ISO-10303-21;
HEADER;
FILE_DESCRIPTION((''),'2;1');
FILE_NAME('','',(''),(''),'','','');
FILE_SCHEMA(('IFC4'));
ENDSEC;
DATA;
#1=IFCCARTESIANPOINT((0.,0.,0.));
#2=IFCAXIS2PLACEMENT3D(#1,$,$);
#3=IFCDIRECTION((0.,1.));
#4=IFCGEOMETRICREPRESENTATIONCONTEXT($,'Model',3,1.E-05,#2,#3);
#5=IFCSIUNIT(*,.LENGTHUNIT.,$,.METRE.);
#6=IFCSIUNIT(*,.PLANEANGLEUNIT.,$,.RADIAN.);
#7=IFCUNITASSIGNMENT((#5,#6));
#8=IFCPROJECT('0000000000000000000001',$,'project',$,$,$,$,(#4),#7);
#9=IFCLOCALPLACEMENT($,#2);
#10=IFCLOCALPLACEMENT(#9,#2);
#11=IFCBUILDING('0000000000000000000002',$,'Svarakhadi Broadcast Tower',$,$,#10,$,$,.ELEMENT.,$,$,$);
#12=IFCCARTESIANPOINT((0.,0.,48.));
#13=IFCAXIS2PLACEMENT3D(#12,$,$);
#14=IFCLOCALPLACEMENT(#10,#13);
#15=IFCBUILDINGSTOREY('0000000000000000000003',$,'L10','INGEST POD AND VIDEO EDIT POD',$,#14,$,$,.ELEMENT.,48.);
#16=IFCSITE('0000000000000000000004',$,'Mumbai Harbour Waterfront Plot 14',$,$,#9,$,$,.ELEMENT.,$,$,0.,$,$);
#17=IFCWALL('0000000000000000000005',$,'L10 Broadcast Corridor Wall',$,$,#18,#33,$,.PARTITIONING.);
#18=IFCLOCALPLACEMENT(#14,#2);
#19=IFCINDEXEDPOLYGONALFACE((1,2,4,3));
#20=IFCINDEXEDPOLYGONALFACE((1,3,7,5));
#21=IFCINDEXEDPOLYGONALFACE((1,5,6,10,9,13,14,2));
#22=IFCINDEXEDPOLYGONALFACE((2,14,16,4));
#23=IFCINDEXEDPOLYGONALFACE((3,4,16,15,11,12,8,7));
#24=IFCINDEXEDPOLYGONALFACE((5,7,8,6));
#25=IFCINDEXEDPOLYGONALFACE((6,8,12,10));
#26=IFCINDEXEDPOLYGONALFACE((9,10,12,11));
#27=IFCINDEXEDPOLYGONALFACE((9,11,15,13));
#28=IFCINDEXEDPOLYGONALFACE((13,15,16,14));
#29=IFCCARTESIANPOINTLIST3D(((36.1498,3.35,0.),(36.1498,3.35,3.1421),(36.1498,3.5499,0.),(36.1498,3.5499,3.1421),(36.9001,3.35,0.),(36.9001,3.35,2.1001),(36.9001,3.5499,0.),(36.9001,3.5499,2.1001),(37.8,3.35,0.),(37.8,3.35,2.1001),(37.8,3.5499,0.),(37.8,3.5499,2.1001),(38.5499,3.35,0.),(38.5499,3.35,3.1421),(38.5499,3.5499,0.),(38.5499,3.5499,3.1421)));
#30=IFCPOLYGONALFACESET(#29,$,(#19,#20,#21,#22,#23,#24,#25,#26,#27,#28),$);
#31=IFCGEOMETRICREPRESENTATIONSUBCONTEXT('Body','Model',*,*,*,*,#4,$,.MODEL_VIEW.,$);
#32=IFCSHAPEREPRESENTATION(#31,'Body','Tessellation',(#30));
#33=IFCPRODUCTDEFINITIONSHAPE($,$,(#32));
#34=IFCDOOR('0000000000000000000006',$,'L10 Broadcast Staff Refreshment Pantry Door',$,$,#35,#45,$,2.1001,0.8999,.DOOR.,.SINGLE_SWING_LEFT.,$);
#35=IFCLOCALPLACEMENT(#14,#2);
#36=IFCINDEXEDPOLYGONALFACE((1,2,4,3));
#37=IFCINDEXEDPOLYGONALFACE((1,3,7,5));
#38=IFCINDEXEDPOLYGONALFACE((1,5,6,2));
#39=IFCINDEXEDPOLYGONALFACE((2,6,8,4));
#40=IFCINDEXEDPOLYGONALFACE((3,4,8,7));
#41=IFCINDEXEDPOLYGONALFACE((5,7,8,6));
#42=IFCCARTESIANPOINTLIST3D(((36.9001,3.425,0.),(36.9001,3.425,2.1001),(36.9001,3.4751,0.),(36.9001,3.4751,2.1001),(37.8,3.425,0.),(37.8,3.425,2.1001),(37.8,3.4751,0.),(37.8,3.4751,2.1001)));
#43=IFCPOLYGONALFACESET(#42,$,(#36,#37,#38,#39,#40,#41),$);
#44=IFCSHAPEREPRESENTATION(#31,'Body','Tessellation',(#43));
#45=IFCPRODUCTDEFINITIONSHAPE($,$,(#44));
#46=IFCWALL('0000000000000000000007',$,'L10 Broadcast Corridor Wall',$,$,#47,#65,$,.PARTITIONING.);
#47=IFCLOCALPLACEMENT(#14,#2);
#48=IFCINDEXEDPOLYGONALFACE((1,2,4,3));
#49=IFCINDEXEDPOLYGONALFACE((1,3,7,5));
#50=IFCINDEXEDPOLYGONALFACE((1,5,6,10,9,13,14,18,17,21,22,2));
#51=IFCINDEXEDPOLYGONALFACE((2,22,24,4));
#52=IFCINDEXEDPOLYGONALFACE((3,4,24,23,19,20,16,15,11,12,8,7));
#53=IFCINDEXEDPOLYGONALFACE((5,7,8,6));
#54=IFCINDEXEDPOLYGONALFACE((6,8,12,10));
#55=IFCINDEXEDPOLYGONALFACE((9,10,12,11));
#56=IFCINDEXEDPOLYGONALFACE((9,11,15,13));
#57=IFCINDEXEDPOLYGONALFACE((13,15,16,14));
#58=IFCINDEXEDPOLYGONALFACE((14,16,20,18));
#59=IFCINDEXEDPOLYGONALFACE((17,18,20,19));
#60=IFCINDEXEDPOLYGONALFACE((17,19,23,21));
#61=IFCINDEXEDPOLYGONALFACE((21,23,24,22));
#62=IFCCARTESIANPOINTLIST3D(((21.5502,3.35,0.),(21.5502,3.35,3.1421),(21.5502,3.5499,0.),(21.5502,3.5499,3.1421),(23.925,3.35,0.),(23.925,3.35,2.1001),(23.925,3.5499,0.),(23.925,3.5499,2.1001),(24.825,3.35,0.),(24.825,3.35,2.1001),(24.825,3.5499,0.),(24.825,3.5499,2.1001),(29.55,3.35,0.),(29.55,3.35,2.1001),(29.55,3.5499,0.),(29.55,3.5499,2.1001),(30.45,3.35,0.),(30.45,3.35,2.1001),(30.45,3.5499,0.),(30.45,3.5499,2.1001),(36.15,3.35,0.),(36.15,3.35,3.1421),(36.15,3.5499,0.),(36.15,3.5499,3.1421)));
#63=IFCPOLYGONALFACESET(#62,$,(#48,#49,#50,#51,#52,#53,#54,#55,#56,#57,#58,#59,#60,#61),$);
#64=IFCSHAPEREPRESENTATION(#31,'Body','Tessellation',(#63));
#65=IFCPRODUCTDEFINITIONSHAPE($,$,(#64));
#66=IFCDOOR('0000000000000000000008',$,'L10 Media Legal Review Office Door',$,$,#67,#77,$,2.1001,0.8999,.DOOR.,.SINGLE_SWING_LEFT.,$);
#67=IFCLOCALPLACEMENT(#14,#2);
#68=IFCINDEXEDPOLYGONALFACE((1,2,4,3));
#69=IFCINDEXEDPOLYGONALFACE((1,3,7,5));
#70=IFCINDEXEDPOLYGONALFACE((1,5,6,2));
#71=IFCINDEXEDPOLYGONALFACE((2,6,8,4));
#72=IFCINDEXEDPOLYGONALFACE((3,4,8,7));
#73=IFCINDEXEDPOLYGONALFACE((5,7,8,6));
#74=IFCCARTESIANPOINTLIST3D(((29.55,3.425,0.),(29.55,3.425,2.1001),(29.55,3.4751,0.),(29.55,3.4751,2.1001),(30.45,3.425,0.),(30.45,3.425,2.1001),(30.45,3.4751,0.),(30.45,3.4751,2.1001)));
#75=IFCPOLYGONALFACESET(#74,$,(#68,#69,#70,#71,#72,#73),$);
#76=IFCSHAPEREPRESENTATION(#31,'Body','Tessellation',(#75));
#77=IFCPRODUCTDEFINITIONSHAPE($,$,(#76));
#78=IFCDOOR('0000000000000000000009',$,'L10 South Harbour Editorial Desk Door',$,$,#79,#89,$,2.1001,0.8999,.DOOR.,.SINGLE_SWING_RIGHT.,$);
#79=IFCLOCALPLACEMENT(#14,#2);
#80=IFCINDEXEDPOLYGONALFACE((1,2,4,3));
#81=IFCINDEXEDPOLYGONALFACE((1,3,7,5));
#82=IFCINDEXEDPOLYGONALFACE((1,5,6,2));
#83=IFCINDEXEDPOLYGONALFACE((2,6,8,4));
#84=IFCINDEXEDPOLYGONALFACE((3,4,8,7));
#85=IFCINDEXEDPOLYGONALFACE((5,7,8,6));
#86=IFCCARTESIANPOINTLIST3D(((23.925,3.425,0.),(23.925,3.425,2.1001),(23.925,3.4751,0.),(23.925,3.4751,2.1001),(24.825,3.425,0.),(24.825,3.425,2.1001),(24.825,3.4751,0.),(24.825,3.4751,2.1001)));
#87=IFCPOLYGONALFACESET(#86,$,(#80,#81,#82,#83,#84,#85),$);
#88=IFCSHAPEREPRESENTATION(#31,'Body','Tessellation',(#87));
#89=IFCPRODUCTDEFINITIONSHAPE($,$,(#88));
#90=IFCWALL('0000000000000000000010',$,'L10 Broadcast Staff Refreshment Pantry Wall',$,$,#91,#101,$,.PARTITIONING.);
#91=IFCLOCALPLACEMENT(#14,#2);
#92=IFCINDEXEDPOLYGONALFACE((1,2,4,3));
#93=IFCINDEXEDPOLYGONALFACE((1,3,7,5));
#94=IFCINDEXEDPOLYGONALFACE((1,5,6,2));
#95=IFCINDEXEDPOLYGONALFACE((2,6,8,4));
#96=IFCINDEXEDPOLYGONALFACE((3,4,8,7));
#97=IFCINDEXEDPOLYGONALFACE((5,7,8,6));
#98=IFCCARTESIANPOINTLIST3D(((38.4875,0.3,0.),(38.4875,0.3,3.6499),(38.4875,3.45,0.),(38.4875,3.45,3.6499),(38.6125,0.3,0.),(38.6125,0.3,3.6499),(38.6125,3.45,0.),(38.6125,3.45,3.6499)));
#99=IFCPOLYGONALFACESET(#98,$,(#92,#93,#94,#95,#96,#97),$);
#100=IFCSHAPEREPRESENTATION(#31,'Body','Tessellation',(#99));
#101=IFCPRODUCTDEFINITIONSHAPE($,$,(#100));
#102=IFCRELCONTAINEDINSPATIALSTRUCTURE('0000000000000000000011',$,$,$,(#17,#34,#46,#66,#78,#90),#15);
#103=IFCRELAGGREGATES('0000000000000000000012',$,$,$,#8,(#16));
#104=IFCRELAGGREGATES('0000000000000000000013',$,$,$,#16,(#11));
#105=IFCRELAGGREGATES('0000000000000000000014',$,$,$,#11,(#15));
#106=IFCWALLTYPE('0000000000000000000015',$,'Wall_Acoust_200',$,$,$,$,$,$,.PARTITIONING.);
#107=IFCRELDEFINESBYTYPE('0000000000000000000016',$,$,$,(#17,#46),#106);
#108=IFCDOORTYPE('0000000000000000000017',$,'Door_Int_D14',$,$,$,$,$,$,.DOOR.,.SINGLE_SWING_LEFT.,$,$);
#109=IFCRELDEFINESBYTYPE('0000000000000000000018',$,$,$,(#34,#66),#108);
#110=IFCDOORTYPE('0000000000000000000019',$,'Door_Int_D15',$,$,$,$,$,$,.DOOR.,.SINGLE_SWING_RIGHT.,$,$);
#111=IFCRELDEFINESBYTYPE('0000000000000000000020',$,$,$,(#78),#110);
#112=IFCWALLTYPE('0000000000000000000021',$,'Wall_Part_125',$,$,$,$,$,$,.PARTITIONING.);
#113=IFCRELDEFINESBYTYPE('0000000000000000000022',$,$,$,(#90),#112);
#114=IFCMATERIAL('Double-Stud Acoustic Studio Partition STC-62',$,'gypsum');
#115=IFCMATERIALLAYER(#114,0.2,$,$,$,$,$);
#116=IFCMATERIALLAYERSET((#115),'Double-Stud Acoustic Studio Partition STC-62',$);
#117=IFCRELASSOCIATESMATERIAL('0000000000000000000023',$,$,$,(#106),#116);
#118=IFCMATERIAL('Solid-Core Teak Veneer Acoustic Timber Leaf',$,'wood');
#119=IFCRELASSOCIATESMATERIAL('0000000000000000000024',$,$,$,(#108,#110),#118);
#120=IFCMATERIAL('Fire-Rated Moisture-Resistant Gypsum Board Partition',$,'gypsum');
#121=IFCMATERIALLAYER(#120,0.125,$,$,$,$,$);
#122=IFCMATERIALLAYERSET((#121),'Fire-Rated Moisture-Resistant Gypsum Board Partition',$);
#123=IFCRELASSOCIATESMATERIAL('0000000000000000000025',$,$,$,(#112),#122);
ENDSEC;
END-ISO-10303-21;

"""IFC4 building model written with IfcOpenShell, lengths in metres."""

from ifc_helpers import new_model, si_unit, direction, frame, frame_2d, origin, place, context, subcontext, project, spatial, rectangle, extrude, material, layer, layer_set, type_object, element, fill, save


model = new_model("IFC4")

# Units and contexts
model_context = context("Model", 3, precision=1e-05, world=origin(), true_north=direction((0.0, 1.0)))
body_context = subcontext(model_context, "Body", "Model", "MODEL_VIEW")
ifc_project = project(units=[si_unit("LENGTHUNIT", "METRE"), si_unit("PLANEANGLEUNIT", "RADIAN")], contexts=[model_context])

# Site, building, storey
site_placement = place(None, origin())
site = spatial("IfcSite", under=ifc_project, at=site_placement, Name="Mumbai Harbour Waterfront Plot 14", CompositionType="ELEMENT", RefElevation=0.0)
building_placement = place(site_placement, origin())
building = spatial("IfcBuilding", under=site, at=building_placement, Name="Svarakhadi Broadcast Tower", CompositionType="ELEMENT")
storey_placement = place(building_placement, frame((0.0, 0.0, 48.0)))
storey = spatial("IfcBuildingStorey", under=building, at=storey_placement, Name="L10", Description="INGEST POD AND VIDEO EDIT POD", CompositionType="ELEMENT", Elevation=48.0)

# Shared definitions
ifc_material_1 = material(Name="Double-Stud Acoustic Studio Partition STC-62", Category="gypsum")
ifc_layer_1 = layer(ifc_material_1, 0.2)
ifc_layer_set_1 = layer_set([ifc_layer_1], Name="Double-Stud Acoustic Studio Partition STC-62")
wall_type_1 = type_object("IfcWallType", Name="Wall_Acoust_200", PredefinedType="PARTITIONING", material=ifc_layer_set_1)
ifc_material_2 = material(Name="Solid-Core Teak Veneer Acoustic Timber Leaf", Category="wood")
door_type_1 = type_object("IfcDoorType", Name="Door_Int_D14", OperationType="SINGLE_SWING_LEFT", PredefinedType="DOOR", material=ifc_material_2)

# Wall, opening, door
wall_1_placement = place(storey_placement, frame((38.55, 3.45, 0.0), z_axis=(0.0, 0.0, 1.0), x_axis=(-1.0, 0.0, 0.0)))
wall_1 = element("IfcWall", 1, at=wall_1_placement, inside=storey, type_object=wall_type_1, Name="L10 Broadcast Corridor Wall", PredefinedType="PARTITIONING", context=body_context, shape_type="SweptSolid", body=[
    extrude(rectangle(XDim=2.4001, YDim=0.2, at=frame_2d((1.2002, 0.0))), origin(), (0.0, 0.0, 1.0), 3.1421),
])
opening_1_placement = place(wall_1_placement, frame((0.75, 0.0, 0.0)))
opening_1 = element("IfcOpeningElement", 2, at=opening_1_placement, cuts=wall_1, PredefinedType="OPENING", context=body_context, shape_type="SweptSolid", body=[
    extrude(rectangle(XDim=0.8999, YDim=2.1001, at=frame_2d((0.45, 1.05))), frame((0.0, 0.1099, 0.0), z_axis=(0.0, -1.0, 0.0), x_axis=(1.0, 0.0, 0.0)), (0.0, 0.0, 1.0), 0.22),
])
door_1_placement = place(opening_1_placement, origin())
door_1 = element("IfcDoor", 3, at=door_1_placement, inside=storey, type_object=door_type_1, Name="L10 Broadcast Staff Refreshment Pantry Door", OperationType="SINGLE_SWING_LEFT", OverallHeight=2.1001, OverallWidth=0.8999, PredefinedType="DOOR", context=body_context, shape_type="SweptSolid", body=[
    extrude(rectangle(XDim=0.8999, YDim=2.1001, at=frame_2d((0.45, 1.05))), frame((0.0, 0.0249, 0.0), z_axis=(0.0, -1.0, 0.0), x_axis=(1.0, 0.0, 0.0)), (0.0, 0.0, 1.0), 0.05),
])
fill(opening_1, door_1)

# Wall, openings, doors
wall_2_placement = place(storey_placement, frame((36.1499, 3.45, 0.0), z_axis=(0.0, 0.0, 1.0), x_axis=(-1.0, 0.0, 0.0)))
wall_2 = element("IfcWall", 4, at=wall_2_placement, inside=storey, type_object=wall_type_1, Name="L10 Broadcast Corridor Wall", PredefinedType="PARTITIONING", context=body_context, shape_type="SweptSolid", body=[
    extrude(rectangle(XDim=14.5999, YDim=0.2, at=frame_2d((7.2998, 0.0))), origin(), (0.0, 0.0, 1.0), 3.1421),
])
opening_2_placement = place(wall_2_placement, frame((11.325, 0.0, 0.0)))
opening_2 = element("IfcOpeningElement", 5, at=opening_2_placement, cuts=wall_2, PredefinedType="OPENING", context=body_context, shape_type="SweptSolid", body=[
    extrude(rectangle(XDim=0.8999, YDim=2.1001, at=frame_2d((0.45, 1.05))), frame((0.0, 0.1099, 0.0), z_axis=(0.0, -1.0, 0.0), x_axis=(1.0, 0.0, 0.0)), (0.0, 0.0, 1.0), 0.22),
])
opening_3_placement = place(wall_2_placement, frame((5.7, 0.0, 0.0)))
opening_3 = element("IfcOpeningElement", 6, at=opening_3_placement, cuts=wall_2, PredefinedType="OPENING", context=body_context, shape_type="SweptSolid", body=[
    extrude(rectangle(XDim=0.8999, YDim=2.1001, at=frame_2d((0.45, 1.05))), frame((0.0, 0.1099, 0.0), z_axis=(0.0, -1.0, 0.0), x_axis=(1.0, 0.0, 0.0)), (0.0, 0.0, 1.0), 0.22),
])
door_2_placement = place(opening_3_placement, origin())
door_2 = element("IfcDoor", 7, at=door_2_placement, inside=storey, type_object=door_type_1, Name="L10 Media Legal Review Office Door", OperationType="SINGLE_SWING_LEFT", OverallHeight=2.1001, OverallWidth=0.8999, PredefinedType="DOOR", context=body_context, shape_type="SweptSolid", body=[
    extrude(rectangle(XDim=0.8999, YDim=2.1001, at=frame_2d((0.45, 1.05))), frame((0.0, 0.0249, 0.0), z_axis=(0.0, -1.0, 0.0), x_axis=(1.0, 0.0, 0.0)), (0.0, 0.0, 1.0), 0.05),
])
fill(opening_3, door_2)
door_type_2 = type_object("IfcDoorType", Name="Door_Int_D15", OperationType="SINGLE_SWING_RIGHT", PredefinedType="DOOR", material=ifc_material_2)
door_3_placement = place(opening_2_placement, origin())
door_3 = element("IfcDoor", 8, at=door_3_placement, inside=storey, type_object=door_type_2, Name="L10 South Harbour Editorial Desk Door", OperationType="SINGLE_SWING_RIGHT", OverallHeight=2.1001, OverallWidth=0.8999, PredefinedType="DOOR", context=body_context, shape_type="SweptSolid", body=[
    extrude(rectangle(XDim=0.8999, YDim=2.1001, at=frame_2d((0.45, 1.05))), frame((0.0, 0.0249, 0.0), z_axis=(0.0, -1.0, 0.0), x_axis=(1.0, 0.0, 0.0)), (0.0, 0.0, 1.0), 0.05),
])
fill(opening_2, door_3)

# Wall
ifc_material_3 = material(Name="Fire-Rated Moisture-Resistant Gypsum Board Partition", Category="gypsum")
ifc_layer_2 = layer(ifc_material_3, 0.125)
ifc_layer_set_2 = layer_set([ifc_layer_2], Name="Fire-Rated Moisture-Resistant Gypsum Board Partition")
wall_type_2 = type_object("IfcWallType", Name="Wall_Part_125", PredefinedType="PARTITIONING", material=ifc_layer_set_2)
wall_3_placement = place(storey_placement, frame((38.55, 0.3, 0.0), z_axis=(0.0, 0.0, 1.0), x_axis=(0.0, 1.0, 0.0)))
element("IfcWall", 9, at=wall_3_placement, inside=storey, type_object=wall_type_2, Name="L10 Broadcast Staff Refreshment Pantry Wall", PredefinedType="PARTITIONING", context=body_context, shape_type="SweptSolid", body=[
    extrude(rectangle(XDim=3.1499, YDim=0.125, at=frame_2d((1.575, 0.0))), origin(), (0.0, 0.0, 1.0), 3.6499),
])

save(model, "model.ifc")
